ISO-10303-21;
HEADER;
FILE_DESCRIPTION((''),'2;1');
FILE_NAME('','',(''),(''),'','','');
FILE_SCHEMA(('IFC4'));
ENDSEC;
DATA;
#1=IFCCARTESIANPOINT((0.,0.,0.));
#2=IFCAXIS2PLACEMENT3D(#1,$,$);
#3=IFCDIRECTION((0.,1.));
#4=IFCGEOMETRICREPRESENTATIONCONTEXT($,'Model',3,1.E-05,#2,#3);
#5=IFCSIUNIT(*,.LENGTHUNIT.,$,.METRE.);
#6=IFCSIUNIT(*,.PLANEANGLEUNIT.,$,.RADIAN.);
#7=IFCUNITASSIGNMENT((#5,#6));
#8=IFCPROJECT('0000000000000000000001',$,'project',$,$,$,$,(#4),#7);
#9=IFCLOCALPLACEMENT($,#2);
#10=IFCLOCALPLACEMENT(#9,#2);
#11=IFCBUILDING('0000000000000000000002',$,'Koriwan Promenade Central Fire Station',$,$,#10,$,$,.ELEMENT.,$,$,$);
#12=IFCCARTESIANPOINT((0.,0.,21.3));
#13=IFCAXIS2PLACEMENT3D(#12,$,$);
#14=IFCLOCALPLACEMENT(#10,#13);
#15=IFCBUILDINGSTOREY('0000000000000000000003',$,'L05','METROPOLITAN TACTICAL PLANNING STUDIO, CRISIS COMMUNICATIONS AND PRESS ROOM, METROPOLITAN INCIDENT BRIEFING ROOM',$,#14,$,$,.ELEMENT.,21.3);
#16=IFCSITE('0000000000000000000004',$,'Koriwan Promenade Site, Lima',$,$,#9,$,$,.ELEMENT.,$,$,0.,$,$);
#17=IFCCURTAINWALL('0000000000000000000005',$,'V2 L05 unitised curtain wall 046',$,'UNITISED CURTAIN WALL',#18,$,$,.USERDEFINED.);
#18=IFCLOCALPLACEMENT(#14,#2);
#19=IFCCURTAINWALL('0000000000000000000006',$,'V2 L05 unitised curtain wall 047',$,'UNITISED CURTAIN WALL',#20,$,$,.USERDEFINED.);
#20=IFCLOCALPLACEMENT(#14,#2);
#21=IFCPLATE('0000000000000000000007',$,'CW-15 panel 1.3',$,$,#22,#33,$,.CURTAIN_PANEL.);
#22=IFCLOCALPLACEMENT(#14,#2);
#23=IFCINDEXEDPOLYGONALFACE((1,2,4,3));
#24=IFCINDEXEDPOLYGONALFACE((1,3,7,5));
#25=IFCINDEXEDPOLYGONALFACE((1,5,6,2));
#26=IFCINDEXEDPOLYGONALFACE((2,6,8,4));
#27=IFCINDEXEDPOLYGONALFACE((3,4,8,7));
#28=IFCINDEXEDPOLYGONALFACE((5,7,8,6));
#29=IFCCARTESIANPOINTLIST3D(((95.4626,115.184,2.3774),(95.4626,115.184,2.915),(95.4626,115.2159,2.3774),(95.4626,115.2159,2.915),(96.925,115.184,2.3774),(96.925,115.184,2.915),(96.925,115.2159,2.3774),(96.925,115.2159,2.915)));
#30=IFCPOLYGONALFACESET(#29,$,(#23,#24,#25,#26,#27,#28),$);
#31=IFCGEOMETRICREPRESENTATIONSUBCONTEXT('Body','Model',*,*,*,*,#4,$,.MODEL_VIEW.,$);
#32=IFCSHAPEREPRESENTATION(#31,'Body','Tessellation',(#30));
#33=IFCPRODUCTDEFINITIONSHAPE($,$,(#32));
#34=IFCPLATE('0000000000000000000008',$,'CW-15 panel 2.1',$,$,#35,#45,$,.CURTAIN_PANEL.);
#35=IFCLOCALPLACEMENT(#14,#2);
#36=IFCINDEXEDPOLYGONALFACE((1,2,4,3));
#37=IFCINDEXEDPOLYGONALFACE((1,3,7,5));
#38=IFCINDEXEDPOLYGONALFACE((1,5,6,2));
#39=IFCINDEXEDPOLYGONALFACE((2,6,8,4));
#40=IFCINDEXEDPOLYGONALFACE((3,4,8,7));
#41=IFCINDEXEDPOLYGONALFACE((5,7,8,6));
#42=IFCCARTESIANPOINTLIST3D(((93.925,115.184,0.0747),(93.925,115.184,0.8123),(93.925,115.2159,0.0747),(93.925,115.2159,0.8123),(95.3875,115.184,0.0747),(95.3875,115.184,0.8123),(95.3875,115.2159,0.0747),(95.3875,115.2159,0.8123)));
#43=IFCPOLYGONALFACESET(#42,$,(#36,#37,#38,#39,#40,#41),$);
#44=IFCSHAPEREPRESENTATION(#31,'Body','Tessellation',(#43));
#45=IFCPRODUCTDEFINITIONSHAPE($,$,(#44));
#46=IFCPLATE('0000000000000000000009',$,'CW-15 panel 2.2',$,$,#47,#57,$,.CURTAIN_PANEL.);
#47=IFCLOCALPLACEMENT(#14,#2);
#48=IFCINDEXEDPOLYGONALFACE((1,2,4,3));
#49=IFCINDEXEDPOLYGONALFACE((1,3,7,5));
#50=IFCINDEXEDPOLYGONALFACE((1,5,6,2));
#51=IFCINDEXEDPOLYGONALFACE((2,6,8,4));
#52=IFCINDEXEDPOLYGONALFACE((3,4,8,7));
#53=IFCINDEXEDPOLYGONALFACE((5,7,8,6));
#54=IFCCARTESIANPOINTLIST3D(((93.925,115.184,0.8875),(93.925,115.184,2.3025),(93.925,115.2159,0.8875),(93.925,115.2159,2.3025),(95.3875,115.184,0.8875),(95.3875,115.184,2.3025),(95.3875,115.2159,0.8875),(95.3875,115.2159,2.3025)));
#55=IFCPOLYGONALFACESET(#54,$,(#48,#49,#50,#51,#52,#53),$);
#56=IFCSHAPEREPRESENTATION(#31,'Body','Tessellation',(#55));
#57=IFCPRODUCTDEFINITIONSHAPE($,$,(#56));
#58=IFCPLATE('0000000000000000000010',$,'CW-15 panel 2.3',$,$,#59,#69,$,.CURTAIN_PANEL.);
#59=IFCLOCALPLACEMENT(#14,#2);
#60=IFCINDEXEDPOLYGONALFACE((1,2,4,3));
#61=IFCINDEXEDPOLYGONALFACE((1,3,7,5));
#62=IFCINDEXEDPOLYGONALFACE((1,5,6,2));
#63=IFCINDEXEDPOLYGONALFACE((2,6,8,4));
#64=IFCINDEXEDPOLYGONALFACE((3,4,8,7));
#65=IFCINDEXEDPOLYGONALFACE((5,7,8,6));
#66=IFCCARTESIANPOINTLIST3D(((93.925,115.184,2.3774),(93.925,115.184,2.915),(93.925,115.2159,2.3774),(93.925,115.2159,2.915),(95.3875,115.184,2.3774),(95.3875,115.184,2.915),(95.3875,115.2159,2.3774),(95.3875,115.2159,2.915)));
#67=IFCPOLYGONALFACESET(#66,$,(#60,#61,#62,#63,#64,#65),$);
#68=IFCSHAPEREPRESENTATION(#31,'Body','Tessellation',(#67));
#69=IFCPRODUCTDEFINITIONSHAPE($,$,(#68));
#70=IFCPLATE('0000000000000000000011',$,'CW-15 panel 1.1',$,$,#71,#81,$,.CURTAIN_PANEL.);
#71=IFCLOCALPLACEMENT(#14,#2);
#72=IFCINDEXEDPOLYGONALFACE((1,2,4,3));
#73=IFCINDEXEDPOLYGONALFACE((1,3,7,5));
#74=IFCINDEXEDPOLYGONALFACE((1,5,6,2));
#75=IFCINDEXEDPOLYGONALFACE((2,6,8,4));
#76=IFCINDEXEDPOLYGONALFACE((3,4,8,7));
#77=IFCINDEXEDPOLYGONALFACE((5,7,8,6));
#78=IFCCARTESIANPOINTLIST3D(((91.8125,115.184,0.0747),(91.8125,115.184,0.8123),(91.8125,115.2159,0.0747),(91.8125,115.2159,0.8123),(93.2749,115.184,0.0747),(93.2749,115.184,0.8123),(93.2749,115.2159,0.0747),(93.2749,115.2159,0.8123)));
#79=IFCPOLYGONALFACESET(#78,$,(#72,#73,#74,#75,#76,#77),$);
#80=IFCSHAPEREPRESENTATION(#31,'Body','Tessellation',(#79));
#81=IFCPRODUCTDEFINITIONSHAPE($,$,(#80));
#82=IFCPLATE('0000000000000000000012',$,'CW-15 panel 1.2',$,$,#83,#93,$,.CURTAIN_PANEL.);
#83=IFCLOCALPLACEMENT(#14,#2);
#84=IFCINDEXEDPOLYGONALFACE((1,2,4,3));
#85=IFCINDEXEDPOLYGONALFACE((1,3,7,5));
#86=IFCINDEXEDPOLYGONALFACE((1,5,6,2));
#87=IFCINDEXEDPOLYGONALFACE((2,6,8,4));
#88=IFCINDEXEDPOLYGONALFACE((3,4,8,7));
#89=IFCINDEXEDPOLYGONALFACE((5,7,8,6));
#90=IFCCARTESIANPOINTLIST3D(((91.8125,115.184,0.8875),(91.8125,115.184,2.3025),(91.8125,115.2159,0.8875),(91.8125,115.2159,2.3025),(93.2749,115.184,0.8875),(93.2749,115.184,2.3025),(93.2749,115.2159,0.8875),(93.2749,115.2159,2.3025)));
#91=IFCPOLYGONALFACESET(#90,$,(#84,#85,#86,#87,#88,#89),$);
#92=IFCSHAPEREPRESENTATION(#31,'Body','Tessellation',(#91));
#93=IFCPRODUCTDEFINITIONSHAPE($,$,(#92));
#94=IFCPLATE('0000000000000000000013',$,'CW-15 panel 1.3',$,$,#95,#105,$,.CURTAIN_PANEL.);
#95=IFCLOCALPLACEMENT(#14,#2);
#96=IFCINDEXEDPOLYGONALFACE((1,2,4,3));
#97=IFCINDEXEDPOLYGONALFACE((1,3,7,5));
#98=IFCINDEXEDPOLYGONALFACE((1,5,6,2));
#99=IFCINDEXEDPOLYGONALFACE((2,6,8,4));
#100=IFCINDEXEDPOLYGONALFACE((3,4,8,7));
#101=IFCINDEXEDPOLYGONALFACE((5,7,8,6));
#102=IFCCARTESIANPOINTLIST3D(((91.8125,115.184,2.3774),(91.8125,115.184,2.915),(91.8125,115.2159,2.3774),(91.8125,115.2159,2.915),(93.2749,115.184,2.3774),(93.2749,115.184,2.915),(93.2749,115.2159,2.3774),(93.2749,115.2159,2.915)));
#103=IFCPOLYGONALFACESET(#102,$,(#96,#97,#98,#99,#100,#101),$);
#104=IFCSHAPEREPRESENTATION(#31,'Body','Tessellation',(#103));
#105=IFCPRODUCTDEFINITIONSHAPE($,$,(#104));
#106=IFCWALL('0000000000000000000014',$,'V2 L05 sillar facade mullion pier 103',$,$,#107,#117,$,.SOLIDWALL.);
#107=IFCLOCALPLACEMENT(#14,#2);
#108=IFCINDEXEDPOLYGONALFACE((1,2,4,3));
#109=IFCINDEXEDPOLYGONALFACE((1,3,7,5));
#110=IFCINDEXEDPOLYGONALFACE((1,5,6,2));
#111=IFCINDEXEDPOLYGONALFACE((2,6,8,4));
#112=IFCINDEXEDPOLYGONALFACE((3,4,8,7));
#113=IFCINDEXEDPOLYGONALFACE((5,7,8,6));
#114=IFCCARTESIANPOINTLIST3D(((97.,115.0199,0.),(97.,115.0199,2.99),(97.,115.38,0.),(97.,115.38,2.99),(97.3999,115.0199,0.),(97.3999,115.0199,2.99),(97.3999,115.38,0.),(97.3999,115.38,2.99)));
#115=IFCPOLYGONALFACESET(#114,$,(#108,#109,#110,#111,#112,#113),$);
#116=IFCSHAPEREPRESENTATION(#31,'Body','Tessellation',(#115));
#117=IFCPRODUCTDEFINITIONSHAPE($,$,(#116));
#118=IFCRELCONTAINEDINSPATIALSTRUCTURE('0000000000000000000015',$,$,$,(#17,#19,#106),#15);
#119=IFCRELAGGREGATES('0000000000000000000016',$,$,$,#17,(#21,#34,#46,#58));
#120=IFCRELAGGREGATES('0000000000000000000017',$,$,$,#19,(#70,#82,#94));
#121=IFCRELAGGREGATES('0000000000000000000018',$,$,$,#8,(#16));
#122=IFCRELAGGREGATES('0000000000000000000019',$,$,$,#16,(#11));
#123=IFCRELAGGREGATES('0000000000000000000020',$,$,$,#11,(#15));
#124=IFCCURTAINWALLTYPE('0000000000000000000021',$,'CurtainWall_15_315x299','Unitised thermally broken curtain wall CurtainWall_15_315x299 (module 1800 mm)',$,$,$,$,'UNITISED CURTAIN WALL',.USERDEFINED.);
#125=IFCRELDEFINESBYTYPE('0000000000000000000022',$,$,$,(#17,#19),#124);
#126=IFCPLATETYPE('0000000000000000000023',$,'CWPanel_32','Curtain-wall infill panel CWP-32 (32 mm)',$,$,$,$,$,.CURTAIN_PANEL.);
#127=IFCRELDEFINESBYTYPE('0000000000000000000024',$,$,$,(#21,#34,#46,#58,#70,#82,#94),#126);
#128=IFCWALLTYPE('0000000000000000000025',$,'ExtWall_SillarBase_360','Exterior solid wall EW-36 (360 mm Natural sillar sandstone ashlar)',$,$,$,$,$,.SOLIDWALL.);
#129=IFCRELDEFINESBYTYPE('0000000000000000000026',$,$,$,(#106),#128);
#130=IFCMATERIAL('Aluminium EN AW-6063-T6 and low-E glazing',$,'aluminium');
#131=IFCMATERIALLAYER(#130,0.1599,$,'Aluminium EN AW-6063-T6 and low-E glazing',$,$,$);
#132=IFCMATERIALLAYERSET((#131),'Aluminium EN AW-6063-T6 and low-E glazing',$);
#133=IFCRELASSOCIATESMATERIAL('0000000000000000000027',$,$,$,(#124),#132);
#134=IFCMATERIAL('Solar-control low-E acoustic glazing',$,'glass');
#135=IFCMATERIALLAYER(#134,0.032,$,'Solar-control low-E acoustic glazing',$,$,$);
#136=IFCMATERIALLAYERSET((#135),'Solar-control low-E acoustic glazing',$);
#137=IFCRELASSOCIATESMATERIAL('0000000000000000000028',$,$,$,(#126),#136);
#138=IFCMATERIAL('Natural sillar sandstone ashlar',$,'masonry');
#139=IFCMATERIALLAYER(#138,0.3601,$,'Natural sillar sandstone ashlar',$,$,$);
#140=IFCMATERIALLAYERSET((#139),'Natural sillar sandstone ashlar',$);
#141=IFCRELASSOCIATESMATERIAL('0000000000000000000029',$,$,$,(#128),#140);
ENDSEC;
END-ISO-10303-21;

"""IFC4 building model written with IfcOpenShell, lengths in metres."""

from ifc_helpers import new_model, si_unit, direction, frame, frame_2d, origin, origin_2d, place, context, subcontext, project, spatial, rectangle, extrude, material, layer, layer_set, type_object, element, aggregate, save


model = new_model("IFC4")

# Units and contexts
model_context = context("Model", 3, precision=1e-05, world=origin(), true_north=direction((0.0, 1.0)))
body_context = subcontext(model_context, "Body", "Model", "MODEL_VIEW")
ifc_project = project(units=[si_unit("LENGTHUNIT", "METRE"), si_unit("PLANEANGLEUNIT", "RADIAN")], contexts=[model_context])

# Site, building, storey
site_placement = place(None, origin())
site = spatial("IfcSite", under=ifc_project, at=site_placement, Name="Koriwan Promenade Site, Lima", CompositionType="ELEMENT", RefElevation=0.0)
building_placement = place(site_placement, origin())
building = spatial("IfcBuilding", under=site, at=building_placement, Name="Koriwan Promenade Central Fire Station", CompositionType="ELEMENT")
storey_placement = place(building_placement, frame((0.0, 0.0, 21.3)))
storey = spatial("IfcBuildingStorey", under=building, at=storey_placement, Name="L05", Description="METROPOLITAN TACTICAL PLANNING STUDIO, CRISIS COMMUNICATIONS AND PRESS ROOM, METROPOLITAN INCIDENT BRIEFING ROOM", CompositionType="ELEMENT", Elevation=21.3)

# Shared definitions
ifc_material_1 = material(Name="Aluminium EN AW-6063-T6 and low-E glazing", Category="aluminium")
ifc_layer_1 = layer(ifc_material_1, 0.1599, Name="Aluminium EN AW-6063-T6 and low-E glazing")
ifc_layer_set_1 = layer_set([ifc_layer_1], Name="Aluminium EN AW-6063-T6 and low-E glazing")
curtain_wall_type = type_object("IfcCurtainWallType", Name="CurtainWall_15_315x299", Description="Unitised thermally broken curtain wall CurtainWall_15_315x299 (module 1800 mm)", ElementType="UNITISED CURTAIN WALL", PredefinedType="USERDEFINED", material=ifc_layer_set_1)

# Curtain walls
curtain_wall_1_placement = place(storey_placement, origin())
curtain_wall_1 = element("IfcCurtainWall", 1, at=curtain_wall_1_placement, inside=storey, type_object=curtain_wall_type, Name="V2 L05 unitised curtain wall 046", ObjectType="UNITISED CURTAIN WALL", PredefinedType="USERDEFINED")
curtain_wall_2_placement = place(storey_placement, origin())
curtain_wall_2 = element("IfcCurtainWall", 2, at=curtain_wall_2_placement, inside=storey, type_object=curtain_wall_type, Name="V2 L05 unitised curtain wall 047", ObjectType="UNITISED CURTAIN WALL", PredefinedType="USERDEFINED")

# Plates
ifc_material_2 = material(Name="Solar-control low-E acoustic glazing", Category="glass")
ifc_layer_2 = layer(ifc_material_2, 0.032, Name="Solar-control low-E acoustic glazing")
ifc_layer_set_2 = layer_set([ifc_layer_2], Name="Solar-control low-E acoustic glazing")
plate_type = type_object("IfcPlateType", Name="CWPanel_32", Description="Curtain-wall infill panel CWP-32 (32 mm)", PredefinedType="CURTAIN_PANEL", material=ifc_layer_set_2)
plate_1_placement = place(storey_placement, frame((96.1938, 115.2, 2.3774), z_axis=(0.0, 0.0, 1.0), x_axis=(-1.0, 0.0, 0.0)))
plate_1 = element("IfcPlate", 3, at=plate_1_placement, type_object=plate_type, Name="CW-15 panel 1.3", PredefinedType="CURTAIN_PANEL", context=body_context, shape_type="SweptSolid", body=[
    extrude(rectangle(XDim=1.4624, YDim=0.032, at=origin_2d()), origin(), (0.0, 0.0, 1.0), 0.5376),
])
plate_2_placement = place(storey_placement, frame((94.6562, 115.2, 0.0747), z_axis=(0.0, 0.0, 1.0), x_axis=(-1.0, 0.0, 0.0)))
plate_2 = element("IfcPlate", 4, at=plate_2_placement, type_object=plate_type, Name="CW-15 panel 2.1", PredefinedType="CURTAIN_PANEL", context=body_context, shape_type="SweptSolid", body=[
    extrude(rectangle(XDim=1.4624, YDim=0.032, at=origin_2d()), origin(), (0.0, 0.0, 1.0), 0.7375),
])
plate_3_placement = place(storey_placement, frame((94.6562, 115.2, 0.8875), z_axis=(0.0, 0.0, 1.0), x_axis=(-1.0, 0.0, 0.0)))
plate_3 = element("IfcPlate", 5, at=plate_3_placement, type_object=plate_type, Name="CW-15 panel 2.2", PredefinedType="CURTAIN_PANEL", context=body_context, shape_type="SweptSolid", body=[
    extrude(rectangle(XDim=1.4624, YDim=0.032, at=origin_2d()), origin(), (0.0, 0.0, 1.0), 1.415),
])
plate_4_placement = place(storey_placement, frame((94.6562, 115.2, 2.3774), z_axis=(0.0, 0.0, 1.0), x_axis=(-1.0, 0.0, 0.0)))
plate_4 = element("IfcPlate", 6, at=plate_4_placement, type_object=plate_type, Name="CW-15 panel 2.3", PredefinedType="CURTAIN_PANEL", context=body_context, shape_type="SweptSolid", body=[
    extrude(rectangle(XDim=1.4624, YDim=0.032, at=origin_2d()), origin(), (0.0, 0.0, 1.0), 0.5376),
])
aggregate(curtain_wall_1, [plate_1, plate_2, plate_3, plate_4])
plate_5_placement = place(storey_placement, frame((92.5437, 115.2, 0.0747), z_axis=(0.0, 0.0, 1.0), x_axis=(-1.0, 0.0, 0.0)))
plate_5 = element("IfcPlate", 7, at=plate_5_placement, type_object=plate_type, Name="CW-15 panel 1.1", PredefinedType="CURTAIN_PANEL", context=body_context, shape_type="SweptSolid", body=[
    extrude(rectangle(XDim=1.4624, YDim=0.032, at=origin_2d()), origin(), (0.0, 0.0, 1.0), 0.7375),
])
plate_6_placement = place(storey_placement, frame((92.5437, 115.2, 0.8875), z_axis=(0.0, 0.0, 1.0), x_axis=(-1.0, 0.0, 0.0)))
plate_6 = element("IfcPlate", 8, at=plate_6_placement, type_object=plate_type, Name="CW-15 panel 1.2", PredefinedType="CURTAIN_PANEL", context=body_context, shape_type="SweptSolid", body=[
    extrude(rectangle(XDim=1.4624, YDim=0.032, at=origin_2d()), origin(), (0.0, 0.0, 1.0), 1.415),
])
plate_7_placement = place(storey_placement, frame((92.5437, 115.2, 2.3774), z_axis=(0.0, 0.0, 1.0), x_axis=(-1.0, 0.0, 0.0)))
plate_7 = element("IfcPlate", 9, at=plate_7_placement, type_object=plate_type, Name="CW-15 panel 1.3", PredefinedType="CURTAIN_PANEL", context=body_context, shape_type="SweptSolid", body=[
    extrude(rectangle(XDim=1.4624, YDim=0.032, at=origin_2d()), origin(), (0.0, 0.0, 1.0), 0.5376),
])
aggregate(curtain_wall_2, [plate_5, plate_6, plate_7])

# Wall
ifc_material_3 = material(Name="Natural sillar sandstone ashlar", Category="masonry")
ifc_layer_3 = layer(ifc_material_3, 0.3601, Name="Natural sillar sandstone ashlar")
ifc_layer_set_3 = layer_set([ifc_layer_3], Name="Natural sillar sandstone ashlar")
wall_type = type_object("IfcWallType", Name="ExtWall_SillarBase_360", Description="Exterior solid wall EW-36 (360 mm Natural sillar sandstone ashlar)", PredefinedType="SOLIDWALL", material=ifc_layer_set_3)
wall_placement = place(storey_placement, frame((97.3999, 115.2, 0.0), z_axis=(0.0, 0.0, 1.0), x_axis=(-1.0, 0.0, 0.0)))
element("IfcWall", 10, at=wall_placement, inside=storey, type_object=wall_type, Name="V2 L05 sillar facade mullion pier 103", PredefinedType="SOLIDWALL", context=body_context, shape_type="SweptSolid", body=[
    extrude(rectangle(XDim=0.3999, YDim=0.3601, at=frame_2d((0.2, 0.0))), origin(), (0.0, 0.0, 1.0), 2.99),
])

save(model, "model.ifc")
